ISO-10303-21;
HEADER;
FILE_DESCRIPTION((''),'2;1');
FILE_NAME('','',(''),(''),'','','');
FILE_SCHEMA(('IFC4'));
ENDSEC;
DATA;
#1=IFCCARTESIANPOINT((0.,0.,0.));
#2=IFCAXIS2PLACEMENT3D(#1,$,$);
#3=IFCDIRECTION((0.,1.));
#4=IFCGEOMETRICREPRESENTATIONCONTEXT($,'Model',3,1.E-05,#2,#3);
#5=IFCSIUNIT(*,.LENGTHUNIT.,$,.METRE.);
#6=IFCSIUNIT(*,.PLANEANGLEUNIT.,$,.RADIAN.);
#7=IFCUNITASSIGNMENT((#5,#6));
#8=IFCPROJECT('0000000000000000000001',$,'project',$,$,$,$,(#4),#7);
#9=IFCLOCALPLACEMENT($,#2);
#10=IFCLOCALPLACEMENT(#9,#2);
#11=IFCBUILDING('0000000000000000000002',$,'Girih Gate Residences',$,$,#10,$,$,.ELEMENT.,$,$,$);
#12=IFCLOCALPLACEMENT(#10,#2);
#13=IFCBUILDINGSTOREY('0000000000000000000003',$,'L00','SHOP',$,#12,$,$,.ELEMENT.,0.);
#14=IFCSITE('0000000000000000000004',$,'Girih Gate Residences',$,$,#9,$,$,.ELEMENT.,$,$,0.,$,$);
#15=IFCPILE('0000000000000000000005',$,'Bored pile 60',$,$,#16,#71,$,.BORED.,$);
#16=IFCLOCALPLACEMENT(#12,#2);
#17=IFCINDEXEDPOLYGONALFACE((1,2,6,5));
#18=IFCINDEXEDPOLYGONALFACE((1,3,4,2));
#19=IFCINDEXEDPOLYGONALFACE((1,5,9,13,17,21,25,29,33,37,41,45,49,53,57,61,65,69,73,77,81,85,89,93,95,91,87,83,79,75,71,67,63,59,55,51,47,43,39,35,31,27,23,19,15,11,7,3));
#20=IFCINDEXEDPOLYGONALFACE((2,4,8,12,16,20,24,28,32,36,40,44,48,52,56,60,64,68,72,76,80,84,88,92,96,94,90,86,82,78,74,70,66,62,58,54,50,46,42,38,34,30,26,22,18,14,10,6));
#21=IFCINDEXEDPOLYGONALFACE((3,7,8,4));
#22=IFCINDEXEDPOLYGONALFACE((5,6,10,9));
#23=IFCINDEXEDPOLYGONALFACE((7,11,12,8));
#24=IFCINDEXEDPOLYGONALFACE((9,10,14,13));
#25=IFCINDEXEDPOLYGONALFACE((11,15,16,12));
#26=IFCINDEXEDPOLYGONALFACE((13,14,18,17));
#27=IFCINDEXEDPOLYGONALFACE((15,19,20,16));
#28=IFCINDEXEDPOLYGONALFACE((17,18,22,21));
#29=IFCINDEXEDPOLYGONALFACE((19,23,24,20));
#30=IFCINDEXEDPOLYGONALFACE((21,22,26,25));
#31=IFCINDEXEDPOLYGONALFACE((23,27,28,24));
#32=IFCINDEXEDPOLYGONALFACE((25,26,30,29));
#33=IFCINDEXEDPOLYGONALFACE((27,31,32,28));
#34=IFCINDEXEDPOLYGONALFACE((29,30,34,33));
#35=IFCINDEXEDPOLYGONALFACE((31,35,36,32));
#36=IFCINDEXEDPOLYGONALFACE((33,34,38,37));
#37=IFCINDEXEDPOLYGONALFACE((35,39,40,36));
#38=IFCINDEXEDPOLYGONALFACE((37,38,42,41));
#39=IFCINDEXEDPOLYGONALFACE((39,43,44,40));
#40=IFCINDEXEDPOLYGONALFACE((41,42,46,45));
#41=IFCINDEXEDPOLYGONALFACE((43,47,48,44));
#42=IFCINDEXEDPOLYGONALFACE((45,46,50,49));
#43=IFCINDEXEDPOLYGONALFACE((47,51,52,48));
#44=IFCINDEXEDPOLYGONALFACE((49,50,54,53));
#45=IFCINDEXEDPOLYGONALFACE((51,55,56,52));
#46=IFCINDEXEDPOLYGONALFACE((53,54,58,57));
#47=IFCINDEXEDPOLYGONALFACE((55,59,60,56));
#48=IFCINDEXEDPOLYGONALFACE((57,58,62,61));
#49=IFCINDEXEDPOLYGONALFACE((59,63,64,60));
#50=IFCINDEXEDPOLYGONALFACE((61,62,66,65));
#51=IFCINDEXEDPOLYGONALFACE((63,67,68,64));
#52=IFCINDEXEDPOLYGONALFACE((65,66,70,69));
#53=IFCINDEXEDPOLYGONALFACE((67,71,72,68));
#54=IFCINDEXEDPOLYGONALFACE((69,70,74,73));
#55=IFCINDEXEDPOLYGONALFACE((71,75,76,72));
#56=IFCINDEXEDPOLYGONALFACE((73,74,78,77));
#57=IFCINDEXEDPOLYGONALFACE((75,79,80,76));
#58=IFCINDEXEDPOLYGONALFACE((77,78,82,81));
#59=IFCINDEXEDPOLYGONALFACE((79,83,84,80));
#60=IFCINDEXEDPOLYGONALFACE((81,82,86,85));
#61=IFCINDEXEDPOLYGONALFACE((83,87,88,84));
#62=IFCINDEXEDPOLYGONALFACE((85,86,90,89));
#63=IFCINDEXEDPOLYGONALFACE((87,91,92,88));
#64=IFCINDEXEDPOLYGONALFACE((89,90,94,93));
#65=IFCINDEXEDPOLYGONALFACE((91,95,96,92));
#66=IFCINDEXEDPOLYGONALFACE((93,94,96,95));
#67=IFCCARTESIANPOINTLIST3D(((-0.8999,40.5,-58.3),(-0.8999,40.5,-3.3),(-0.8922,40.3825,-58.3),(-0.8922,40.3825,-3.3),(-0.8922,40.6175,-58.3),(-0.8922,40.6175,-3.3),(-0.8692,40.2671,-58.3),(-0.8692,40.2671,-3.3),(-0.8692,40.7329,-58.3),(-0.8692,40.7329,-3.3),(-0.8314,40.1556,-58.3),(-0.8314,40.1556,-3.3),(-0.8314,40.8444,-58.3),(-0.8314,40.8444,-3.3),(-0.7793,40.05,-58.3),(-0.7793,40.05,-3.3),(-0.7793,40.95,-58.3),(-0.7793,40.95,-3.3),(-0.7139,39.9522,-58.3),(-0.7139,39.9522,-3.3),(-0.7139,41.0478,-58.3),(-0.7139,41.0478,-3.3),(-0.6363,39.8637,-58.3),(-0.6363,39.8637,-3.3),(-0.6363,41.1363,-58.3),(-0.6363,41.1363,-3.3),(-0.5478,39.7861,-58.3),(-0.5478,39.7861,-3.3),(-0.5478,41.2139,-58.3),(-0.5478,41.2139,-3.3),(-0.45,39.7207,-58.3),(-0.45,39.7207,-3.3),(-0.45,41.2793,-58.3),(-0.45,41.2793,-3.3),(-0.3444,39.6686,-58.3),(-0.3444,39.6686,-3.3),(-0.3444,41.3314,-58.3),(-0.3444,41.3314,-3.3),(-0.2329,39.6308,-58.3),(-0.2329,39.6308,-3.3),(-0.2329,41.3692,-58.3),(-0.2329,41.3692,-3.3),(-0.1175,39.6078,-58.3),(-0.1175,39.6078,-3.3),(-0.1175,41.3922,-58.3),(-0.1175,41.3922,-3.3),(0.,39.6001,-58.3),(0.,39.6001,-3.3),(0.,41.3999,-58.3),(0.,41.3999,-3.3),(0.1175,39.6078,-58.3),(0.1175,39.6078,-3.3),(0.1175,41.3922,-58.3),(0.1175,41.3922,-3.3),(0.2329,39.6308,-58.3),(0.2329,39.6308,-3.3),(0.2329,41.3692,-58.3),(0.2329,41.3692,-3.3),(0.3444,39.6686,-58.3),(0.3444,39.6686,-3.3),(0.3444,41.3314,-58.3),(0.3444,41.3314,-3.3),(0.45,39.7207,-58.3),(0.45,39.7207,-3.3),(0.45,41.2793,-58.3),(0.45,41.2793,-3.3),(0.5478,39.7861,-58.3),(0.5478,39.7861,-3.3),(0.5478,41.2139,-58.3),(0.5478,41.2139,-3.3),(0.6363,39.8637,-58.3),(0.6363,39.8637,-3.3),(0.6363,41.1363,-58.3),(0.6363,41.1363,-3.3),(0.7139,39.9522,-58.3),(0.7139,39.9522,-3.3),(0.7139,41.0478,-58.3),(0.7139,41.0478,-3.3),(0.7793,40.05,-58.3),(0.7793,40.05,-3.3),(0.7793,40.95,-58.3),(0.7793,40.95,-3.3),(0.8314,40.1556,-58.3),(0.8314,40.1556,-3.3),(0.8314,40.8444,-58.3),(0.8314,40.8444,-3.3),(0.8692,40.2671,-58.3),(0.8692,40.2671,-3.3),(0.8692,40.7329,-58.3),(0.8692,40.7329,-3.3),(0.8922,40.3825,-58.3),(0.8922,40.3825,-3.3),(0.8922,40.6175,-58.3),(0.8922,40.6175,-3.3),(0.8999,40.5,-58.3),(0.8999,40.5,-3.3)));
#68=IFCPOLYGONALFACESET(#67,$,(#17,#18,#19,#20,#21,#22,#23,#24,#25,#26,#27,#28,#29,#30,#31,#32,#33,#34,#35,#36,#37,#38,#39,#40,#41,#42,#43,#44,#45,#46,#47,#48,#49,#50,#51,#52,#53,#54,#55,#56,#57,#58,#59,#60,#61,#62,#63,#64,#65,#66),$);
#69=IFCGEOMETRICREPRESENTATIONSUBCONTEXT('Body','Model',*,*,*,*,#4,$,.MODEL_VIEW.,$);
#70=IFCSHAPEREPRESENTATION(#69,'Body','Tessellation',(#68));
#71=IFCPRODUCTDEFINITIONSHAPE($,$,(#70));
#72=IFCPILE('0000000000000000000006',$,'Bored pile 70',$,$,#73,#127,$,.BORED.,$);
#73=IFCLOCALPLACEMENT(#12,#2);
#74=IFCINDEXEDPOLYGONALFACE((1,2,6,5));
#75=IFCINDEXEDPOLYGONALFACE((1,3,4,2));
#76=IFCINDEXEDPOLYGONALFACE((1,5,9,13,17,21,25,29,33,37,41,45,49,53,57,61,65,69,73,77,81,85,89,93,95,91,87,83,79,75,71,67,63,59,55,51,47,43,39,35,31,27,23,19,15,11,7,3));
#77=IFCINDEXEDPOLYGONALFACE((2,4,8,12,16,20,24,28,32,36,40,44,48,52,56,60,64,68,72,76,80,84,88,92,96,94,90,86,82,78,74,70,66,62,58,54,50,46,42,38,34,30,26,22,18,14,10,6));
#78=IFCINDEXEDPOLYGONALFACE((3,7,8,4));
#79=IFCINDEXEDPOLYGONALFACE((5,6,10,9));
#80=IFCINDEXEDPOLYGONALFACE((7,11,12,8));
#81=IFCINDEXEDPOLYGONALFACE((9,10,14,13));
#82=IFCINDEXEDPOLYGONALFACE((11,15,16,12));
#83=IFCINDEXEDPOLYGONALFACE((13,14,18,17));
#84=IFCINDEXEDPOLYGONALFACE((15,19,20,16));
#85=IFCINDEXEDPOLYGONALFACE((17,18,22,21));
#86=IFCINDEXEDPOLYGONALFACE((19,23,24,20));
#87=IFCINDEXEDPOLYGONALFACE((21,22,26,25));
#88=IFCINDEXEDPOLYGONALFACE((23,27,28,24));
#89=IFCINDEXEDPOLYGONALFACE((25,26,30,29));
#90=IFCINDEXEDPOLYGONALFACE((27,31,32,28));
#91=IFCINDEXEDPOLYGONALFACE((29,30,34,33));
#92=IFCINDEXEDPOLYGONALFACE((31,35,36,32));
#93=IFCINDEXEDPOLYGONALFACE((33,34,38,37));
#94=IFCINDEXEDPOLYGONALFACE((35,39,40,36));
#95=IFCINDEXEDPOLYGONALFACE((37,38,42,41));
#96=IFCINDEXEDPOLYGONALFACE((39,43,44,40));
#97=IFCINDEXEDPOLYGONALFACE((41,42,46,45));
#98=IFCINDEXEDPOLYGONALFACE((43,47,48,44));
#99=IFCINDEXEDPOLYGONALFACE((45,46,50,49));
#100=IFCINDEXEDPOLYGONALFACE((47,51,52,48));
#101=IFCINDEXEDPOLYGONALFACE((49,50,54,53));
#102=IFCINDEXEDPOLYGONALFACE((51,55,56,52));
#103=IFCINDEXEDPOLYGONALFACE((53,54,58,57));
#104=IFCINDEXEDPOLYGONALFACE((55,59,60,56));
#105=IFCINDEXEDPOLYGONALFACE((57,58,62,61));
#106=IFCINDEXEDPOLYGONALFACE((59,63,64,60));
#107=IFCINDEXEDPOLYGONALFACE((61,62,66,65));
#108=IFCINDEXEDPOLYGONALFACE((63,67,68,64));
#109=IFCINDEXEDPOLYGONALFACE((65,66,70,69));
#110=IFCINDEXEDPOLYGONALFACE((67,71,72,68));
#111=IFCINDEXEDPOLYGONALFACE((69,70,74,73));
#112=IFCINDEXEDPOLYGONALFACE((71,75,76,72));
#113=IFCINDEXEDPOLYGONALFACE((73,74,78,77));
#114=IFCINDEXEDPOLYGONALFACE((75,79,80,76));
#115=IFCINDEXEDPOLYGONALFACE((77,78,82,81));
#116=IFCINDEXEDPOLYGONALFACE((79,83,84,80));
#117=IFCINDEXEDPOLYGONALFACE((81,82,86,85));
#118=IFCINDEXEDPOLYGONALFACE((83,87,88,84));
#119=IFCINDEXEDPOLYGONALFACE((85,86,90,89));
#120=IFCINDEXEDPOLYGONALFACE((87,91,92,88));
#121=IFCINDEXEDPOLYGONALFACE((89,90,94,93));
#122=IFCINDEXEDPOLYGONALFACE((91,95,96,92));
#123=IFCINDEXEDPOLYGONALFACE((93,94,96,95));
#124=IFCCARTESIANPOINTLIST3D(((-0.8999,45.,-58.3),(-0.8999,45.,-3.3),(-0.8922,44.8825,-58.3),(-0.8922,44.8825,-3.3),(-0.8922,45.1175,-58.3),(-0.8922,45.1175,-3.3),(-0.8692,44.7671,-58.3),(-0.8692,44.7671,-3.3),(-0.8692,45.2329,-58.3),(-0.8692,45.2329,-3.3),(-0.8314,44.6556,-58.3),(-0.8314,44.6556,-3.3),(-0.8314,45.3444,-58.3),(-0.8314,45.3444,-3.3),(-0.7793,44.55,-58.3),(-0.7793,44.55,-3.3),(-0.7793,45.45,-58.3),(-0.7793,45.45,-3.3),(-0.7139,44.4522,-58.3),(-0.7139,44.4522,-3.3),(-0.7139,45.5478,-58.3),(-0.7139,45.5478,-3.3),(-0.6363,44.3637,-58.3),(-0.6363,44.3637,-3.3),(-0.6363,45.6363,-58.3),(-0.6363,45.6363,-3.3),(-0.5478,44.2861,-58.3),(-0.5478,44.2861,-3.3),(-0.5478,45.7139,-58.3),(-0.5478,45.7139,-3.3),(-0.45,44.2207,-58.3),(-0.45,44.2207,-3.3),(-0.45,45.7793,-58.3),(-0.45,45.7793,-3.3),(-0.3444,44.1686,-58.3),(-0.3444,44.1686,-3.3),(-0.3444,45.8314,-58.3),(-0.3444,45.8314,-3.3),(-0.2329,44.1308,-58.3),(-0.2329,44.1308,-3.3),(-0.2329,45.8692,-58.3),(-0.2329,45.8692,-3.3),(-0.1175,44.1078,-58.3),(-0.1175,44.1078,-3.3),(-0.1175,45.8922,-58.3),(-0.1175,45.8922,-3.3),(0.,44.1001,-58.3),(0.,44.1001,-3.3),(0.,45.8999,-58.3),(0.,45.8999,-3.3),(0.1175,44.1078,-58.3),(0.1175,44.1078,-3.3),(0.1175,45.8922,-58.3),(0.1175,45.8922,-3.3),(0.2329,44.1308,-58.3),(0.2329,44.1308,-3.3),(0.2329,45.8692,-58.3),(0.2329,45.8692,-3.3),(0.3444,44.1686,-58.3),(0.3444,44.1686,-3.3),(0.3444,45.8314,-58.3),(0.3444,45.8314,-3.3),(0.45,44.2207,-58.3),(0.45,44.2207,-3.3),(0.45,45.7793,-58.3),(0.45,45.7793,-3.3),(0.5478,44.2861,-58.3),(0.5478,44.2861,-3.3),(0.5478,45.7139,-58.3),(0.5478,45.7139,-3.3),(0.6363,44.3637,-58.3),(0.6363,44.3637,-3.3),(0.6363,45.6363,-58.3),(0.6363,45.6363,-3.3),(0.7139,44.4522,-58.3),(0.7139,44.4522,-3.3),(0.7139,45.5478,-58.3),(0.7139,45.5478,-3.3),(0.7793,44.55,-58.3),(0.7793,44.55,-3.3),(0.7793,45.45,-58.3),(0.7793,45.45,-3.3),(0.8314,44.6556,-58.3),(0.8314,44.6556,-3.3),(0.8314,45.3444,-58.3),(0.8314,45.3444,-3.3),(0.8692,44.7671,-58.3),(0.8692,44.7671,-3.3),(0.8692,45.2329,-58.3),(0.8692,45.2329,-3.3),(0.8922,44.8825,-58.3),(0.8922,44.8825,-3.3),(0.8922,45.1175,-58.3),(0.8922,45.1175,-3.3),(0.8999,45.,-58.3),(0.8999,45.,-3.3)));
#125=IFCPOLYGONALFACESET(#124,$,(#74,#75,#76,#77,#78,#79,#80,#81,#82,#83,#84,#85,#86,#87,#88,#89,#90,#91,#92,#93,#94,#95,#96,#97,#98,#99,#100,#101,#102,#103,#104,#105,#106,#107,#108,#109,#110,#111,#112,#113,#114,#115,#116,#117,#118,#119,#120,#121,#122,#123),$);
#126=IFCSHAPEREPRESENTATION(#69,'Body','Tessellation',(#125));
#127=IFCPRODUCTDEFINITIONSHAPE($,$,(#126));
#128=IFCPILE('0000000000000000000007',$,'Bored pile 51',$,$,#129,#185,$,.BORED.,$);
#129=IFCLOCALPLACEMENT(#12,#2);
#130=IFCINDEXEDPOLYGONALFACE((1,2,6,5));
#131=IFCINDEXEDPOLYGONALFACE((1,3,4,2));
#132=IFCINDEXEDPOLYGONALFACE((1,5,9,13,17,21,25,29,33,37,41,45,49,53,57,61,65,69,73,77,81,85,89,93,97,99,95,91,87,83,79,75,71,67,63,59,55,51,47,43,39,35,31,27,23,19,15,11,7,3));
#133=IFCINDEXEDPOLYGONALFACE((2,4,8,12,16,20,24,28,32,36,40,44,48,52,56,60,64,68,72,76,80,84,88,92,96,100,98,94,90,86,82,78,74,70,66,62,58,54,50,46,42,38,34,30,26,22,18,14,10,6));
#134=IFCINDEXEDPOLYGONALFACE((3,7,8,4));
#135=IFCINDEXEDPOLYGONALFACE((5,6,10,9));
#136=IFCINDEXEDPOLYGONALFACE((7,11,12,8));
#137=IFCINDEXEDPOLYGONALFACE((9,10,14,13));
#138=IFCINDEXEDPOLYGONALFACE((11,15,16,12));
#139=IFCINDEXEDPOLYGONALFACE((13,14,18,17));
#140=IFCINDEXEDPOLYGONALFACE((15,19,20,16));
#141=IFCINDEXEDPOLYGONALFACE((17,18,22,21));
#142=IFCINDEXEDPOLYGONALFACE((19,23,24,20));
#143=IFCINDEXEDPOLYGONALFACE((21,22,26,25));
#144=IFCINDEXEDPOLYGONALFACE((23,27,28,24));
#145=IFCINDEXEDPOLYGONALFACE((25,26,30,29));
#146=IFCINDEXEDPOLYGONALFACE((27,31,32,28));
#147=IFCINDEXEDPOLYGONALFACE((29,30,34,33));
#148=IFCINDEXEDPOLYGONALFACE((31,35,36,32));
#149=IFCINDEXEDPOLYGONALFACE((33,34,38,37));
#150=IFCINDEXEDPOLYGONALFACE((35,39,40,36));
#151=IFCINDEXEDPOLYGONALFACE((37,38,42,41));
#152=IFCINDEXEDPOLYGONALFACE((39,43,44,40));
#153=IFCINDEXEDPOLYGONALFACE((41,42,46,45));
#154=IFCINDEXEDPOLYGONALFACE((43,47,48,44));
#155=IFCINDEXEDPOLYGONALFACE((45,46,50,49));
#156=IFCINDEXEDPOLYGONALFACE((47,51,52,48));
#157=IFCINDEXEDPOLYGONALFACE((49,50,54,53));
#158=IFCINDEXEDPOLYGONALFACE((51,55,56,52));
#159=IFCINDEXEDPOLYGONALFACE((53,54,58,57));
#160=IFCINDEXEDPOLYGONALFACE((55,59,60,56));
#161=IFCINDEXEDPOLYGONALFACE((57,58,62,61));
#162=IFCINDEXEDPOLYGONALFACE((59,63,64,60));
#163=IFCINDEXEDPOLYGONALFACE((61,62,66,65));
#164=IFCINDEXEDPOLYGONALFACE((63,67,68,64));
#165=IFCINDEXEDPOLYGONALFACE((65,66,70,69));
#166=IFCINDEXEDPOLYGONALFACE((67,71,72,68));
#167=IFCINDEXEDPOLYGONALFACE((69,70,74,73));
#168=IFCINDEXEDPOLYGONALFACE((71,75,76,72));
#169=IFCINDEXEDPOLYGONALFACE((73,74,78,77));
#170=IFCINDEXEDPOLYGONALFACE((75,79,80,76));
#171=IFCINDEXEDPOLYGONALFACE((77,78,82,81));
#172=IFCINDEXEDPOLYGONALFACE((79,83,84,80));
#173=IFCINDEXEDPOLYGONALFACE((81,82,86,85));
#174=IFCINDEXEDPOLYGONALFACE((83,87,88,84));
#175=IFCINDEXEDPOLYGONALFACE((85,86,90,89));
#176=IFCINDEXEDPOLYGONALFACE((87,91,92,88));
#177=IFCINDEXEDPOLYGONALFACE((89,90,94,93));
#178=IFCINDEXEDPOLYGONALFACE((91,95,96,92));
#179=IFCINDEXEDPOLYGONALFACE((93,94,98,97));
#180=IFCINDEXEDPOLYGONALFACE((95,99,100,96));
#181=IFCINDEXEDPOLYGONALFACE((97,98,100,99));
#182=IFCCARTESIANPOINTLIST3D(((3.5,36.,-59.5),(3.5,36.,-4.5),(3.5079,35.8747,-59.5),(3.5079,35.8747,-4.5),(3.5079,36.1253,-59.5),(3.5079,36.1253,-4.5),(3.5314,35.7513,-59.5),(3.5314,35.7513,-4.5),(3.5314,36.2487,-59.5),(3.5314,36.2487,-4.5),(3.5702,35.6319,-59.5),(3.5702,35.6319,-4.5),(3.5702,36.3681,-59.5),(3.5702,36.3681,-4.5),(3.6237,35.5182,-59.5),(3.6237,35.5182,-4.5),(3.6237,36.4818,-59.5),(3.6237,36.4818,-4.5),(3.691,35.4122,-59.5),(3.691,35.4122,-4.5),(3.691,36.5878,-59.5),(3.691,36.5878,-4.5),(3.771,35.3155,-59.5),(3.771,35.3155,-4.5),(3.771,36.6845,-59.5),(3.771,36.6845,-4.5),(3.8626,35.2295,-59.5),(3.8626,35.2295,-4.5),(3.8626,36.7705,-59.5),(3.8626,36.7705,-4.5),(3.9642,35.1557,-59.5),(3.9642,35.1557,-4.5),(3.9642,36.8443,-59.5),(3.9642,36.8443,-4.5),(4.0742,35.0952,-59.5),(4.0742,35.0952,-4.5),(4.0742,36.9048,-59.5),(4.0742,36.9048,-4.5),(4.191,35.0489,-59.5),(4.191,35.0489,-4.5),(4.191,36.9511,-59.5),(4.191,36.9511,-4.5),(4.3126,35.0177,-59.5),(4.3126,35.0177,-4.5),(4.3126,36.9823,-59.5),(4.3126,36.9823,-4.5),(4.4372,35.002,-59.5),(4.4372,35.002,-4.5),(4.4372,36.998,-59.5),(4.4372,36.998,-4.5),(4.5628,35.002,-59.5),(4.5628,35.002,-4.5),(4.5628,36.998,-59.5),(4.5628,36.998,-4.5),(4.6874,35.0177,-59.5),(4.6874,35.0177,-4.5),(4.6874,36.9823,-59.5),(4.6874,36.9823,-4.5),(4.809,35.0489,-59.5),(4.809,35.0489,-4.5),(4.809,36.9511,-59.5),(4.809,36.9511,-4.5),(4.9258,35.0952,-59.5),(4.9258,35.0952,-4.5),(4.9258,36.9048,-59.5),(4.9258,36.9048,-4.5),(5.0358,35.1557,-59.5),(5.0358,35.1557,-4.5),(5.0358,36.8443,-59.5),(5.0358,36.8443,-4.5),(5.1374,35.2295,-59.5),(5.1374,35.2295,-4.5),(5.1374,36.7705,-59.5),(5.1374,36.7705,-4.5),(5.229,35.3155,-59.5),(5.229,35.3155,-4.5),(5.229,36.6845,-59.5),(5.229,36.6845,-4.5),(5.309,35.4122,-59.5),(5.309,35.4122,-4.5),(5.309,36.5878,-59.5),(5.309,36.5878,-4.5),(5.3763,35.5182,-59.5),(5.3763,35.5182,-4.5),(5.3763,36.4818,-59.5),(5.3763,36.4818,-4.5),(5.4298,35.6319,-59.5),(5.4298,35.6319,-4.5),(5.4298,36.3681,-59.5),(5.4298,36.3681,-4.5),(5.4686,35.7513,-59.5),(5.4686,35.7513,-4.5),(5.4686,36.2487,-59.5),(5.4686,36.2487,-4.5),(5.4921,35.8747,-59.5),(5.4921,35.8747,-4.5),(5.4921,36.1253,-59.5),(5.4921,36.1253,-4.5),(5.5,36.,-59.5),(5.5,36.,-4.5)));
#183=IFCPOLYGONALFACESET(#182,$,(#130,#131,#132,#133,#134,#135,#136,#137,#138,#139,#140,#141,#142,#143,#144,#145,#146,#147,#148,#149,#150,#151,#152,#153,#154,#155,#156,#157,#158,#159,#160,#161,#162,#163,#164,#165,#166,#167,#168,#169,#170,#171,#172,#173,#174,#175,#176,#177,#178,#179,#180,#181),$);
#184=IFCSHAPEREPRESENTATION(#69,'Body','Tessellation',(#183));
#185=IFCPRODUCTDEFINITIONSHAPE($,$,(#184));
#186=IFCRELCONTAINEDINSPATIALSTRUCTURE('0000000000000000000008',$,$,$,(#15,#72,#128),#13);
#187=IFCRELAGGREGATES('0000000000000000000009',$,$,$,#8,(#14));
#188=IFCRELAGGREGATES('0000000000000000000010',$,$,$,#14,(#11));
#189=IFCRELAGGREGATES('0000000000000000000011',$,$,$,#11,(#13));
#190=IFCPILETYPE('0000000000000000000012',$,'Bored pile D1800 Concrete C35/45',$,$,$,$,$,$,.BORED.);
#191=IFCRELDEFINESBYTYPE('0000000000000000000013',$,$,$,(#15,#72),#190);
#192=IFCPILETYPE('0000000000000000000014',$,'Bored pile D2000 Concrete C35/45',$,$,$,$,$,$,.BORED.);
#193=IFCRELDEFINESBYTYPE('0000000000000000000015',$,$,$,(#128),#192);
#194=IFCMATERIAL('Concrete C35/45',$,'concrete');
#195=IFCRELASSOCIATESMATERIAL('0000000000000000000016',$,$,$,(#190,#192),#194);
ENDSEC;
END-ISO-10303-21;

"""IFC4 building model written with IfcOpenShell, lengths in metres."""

from ifc_helpers import new_model, si_unit, direction, frame, origin, origin_2d, place, context, subcontext, project, spatial, circle, extrude, material, material_profile, profile_set, type_object, element, save


model = new_model("IFC4")

# Units and contexts
model_context = context("Model", 3, precision=1e-05, world=origin(), true_north=direction((0.0, 1.0)))
body_context = subcontext(model_context, "Body", "Model", "MODEL_VIEW")
ifc_project = project(units=[si_unit("LENGTHUNIT", "METRE"), si_unit("PLANEANGLEUNIT", "RADIAN")], contexts=[model_context])

# Site, building, storey
site_placement = place(None, origin())
site = spatial("IfcSite", under=ifc_project, at=site_placement, Name="Girih Gate Residences", CompositionType="ELEMENT", RefElevation=0.0)
building_placement = place(site_placement, origin())
building = spatial("IfcBuilding", under=site, at=building_placement, Name="Girih Gate Residences", CompositionType="ELEMENT")
storey_placement = place(building_placement, origin())
storey = spatial("IfcBuildingStorey", under=building, at=storey_placement, Name="L00", Description="SHOP", CompositionType="ELEMENT", Elevation=0.0)

# Piles
ifc_material_1 = material(Name="Concrete C35/45", Category="concrete")
ifc_material_profile_1 = material_profile(ifc_material_1, circle(Radius=0.8999, at=origin_2d()))
ifc_profile_set_1 = profile_set([ifc_material_profile_1], Name="Concrete C35/45")
pile_type_1 = type_object("IfcPileType", Name="Bored pile D1800 Concrete C35/45", PredefinedType="BORED", material=ifc_profile_set_1)
for number, where, z_axis, x_axis, name in (
    (1, (0.0, 40.5, -3.3), (0.0, 0.0, -1.0), (1.0, 0.0, 0.0), "Bored pile 60"),
    (2, (0.0, 45.0, -3.3), (0.0, 0.0, -1.0), (1.0, 0.0, 0.0), "Bored pile 70"),
):
    element("IfcPile", number, at=place(storey_placement, frame(where, z_axis=z_axis, x_axis=x_axis)), inside=storey, type_object=pile_type_1, Name=name, PredefinedType="BORED", context=body_context, shape_type="SweptSolid", body=[
        extrude(circle(Radius=0.8999, at=origin_2d()), origin(), (0.0, 0.0, 1.0), 55.0),
    ])
ifc_material_profile_2 = material_profile(ifc_material_1, circle(Radius=1.0, at=origin_2d()))
ifc_profile_set_2 = profile_set([ifc_material_profile_2], Name="Concrete C35/45")
pile_type_2 = type_object("IfcPileType", Name="Bored pile D2000 Concrete C35/45", PredefinedType="BORED", material=ifc_profile_set_2)
for number, where, z_axis, x_axis, name in (
    (3, (4.5, 36.0, -4.5), (0.0, 0.0, -1.0), (1.0, 0.0, 0.0), "Bored pile 51"),
):
    element("IfcPile", number, at=place(storey_placement, frame(where, z_axis=z_axis, x_axis=x_axis)), inside=storey, type_object=pile_type_2, Name=name, PredefinedType="BORED", context=body_context, shape_type="SweptSolid", body=[
        extrude(circle(Radius=1.0, at=origin_2d()), origin(), (0.0, 0.0, 1.0), 55.0),
    ])

save(model, "model.ifc")
